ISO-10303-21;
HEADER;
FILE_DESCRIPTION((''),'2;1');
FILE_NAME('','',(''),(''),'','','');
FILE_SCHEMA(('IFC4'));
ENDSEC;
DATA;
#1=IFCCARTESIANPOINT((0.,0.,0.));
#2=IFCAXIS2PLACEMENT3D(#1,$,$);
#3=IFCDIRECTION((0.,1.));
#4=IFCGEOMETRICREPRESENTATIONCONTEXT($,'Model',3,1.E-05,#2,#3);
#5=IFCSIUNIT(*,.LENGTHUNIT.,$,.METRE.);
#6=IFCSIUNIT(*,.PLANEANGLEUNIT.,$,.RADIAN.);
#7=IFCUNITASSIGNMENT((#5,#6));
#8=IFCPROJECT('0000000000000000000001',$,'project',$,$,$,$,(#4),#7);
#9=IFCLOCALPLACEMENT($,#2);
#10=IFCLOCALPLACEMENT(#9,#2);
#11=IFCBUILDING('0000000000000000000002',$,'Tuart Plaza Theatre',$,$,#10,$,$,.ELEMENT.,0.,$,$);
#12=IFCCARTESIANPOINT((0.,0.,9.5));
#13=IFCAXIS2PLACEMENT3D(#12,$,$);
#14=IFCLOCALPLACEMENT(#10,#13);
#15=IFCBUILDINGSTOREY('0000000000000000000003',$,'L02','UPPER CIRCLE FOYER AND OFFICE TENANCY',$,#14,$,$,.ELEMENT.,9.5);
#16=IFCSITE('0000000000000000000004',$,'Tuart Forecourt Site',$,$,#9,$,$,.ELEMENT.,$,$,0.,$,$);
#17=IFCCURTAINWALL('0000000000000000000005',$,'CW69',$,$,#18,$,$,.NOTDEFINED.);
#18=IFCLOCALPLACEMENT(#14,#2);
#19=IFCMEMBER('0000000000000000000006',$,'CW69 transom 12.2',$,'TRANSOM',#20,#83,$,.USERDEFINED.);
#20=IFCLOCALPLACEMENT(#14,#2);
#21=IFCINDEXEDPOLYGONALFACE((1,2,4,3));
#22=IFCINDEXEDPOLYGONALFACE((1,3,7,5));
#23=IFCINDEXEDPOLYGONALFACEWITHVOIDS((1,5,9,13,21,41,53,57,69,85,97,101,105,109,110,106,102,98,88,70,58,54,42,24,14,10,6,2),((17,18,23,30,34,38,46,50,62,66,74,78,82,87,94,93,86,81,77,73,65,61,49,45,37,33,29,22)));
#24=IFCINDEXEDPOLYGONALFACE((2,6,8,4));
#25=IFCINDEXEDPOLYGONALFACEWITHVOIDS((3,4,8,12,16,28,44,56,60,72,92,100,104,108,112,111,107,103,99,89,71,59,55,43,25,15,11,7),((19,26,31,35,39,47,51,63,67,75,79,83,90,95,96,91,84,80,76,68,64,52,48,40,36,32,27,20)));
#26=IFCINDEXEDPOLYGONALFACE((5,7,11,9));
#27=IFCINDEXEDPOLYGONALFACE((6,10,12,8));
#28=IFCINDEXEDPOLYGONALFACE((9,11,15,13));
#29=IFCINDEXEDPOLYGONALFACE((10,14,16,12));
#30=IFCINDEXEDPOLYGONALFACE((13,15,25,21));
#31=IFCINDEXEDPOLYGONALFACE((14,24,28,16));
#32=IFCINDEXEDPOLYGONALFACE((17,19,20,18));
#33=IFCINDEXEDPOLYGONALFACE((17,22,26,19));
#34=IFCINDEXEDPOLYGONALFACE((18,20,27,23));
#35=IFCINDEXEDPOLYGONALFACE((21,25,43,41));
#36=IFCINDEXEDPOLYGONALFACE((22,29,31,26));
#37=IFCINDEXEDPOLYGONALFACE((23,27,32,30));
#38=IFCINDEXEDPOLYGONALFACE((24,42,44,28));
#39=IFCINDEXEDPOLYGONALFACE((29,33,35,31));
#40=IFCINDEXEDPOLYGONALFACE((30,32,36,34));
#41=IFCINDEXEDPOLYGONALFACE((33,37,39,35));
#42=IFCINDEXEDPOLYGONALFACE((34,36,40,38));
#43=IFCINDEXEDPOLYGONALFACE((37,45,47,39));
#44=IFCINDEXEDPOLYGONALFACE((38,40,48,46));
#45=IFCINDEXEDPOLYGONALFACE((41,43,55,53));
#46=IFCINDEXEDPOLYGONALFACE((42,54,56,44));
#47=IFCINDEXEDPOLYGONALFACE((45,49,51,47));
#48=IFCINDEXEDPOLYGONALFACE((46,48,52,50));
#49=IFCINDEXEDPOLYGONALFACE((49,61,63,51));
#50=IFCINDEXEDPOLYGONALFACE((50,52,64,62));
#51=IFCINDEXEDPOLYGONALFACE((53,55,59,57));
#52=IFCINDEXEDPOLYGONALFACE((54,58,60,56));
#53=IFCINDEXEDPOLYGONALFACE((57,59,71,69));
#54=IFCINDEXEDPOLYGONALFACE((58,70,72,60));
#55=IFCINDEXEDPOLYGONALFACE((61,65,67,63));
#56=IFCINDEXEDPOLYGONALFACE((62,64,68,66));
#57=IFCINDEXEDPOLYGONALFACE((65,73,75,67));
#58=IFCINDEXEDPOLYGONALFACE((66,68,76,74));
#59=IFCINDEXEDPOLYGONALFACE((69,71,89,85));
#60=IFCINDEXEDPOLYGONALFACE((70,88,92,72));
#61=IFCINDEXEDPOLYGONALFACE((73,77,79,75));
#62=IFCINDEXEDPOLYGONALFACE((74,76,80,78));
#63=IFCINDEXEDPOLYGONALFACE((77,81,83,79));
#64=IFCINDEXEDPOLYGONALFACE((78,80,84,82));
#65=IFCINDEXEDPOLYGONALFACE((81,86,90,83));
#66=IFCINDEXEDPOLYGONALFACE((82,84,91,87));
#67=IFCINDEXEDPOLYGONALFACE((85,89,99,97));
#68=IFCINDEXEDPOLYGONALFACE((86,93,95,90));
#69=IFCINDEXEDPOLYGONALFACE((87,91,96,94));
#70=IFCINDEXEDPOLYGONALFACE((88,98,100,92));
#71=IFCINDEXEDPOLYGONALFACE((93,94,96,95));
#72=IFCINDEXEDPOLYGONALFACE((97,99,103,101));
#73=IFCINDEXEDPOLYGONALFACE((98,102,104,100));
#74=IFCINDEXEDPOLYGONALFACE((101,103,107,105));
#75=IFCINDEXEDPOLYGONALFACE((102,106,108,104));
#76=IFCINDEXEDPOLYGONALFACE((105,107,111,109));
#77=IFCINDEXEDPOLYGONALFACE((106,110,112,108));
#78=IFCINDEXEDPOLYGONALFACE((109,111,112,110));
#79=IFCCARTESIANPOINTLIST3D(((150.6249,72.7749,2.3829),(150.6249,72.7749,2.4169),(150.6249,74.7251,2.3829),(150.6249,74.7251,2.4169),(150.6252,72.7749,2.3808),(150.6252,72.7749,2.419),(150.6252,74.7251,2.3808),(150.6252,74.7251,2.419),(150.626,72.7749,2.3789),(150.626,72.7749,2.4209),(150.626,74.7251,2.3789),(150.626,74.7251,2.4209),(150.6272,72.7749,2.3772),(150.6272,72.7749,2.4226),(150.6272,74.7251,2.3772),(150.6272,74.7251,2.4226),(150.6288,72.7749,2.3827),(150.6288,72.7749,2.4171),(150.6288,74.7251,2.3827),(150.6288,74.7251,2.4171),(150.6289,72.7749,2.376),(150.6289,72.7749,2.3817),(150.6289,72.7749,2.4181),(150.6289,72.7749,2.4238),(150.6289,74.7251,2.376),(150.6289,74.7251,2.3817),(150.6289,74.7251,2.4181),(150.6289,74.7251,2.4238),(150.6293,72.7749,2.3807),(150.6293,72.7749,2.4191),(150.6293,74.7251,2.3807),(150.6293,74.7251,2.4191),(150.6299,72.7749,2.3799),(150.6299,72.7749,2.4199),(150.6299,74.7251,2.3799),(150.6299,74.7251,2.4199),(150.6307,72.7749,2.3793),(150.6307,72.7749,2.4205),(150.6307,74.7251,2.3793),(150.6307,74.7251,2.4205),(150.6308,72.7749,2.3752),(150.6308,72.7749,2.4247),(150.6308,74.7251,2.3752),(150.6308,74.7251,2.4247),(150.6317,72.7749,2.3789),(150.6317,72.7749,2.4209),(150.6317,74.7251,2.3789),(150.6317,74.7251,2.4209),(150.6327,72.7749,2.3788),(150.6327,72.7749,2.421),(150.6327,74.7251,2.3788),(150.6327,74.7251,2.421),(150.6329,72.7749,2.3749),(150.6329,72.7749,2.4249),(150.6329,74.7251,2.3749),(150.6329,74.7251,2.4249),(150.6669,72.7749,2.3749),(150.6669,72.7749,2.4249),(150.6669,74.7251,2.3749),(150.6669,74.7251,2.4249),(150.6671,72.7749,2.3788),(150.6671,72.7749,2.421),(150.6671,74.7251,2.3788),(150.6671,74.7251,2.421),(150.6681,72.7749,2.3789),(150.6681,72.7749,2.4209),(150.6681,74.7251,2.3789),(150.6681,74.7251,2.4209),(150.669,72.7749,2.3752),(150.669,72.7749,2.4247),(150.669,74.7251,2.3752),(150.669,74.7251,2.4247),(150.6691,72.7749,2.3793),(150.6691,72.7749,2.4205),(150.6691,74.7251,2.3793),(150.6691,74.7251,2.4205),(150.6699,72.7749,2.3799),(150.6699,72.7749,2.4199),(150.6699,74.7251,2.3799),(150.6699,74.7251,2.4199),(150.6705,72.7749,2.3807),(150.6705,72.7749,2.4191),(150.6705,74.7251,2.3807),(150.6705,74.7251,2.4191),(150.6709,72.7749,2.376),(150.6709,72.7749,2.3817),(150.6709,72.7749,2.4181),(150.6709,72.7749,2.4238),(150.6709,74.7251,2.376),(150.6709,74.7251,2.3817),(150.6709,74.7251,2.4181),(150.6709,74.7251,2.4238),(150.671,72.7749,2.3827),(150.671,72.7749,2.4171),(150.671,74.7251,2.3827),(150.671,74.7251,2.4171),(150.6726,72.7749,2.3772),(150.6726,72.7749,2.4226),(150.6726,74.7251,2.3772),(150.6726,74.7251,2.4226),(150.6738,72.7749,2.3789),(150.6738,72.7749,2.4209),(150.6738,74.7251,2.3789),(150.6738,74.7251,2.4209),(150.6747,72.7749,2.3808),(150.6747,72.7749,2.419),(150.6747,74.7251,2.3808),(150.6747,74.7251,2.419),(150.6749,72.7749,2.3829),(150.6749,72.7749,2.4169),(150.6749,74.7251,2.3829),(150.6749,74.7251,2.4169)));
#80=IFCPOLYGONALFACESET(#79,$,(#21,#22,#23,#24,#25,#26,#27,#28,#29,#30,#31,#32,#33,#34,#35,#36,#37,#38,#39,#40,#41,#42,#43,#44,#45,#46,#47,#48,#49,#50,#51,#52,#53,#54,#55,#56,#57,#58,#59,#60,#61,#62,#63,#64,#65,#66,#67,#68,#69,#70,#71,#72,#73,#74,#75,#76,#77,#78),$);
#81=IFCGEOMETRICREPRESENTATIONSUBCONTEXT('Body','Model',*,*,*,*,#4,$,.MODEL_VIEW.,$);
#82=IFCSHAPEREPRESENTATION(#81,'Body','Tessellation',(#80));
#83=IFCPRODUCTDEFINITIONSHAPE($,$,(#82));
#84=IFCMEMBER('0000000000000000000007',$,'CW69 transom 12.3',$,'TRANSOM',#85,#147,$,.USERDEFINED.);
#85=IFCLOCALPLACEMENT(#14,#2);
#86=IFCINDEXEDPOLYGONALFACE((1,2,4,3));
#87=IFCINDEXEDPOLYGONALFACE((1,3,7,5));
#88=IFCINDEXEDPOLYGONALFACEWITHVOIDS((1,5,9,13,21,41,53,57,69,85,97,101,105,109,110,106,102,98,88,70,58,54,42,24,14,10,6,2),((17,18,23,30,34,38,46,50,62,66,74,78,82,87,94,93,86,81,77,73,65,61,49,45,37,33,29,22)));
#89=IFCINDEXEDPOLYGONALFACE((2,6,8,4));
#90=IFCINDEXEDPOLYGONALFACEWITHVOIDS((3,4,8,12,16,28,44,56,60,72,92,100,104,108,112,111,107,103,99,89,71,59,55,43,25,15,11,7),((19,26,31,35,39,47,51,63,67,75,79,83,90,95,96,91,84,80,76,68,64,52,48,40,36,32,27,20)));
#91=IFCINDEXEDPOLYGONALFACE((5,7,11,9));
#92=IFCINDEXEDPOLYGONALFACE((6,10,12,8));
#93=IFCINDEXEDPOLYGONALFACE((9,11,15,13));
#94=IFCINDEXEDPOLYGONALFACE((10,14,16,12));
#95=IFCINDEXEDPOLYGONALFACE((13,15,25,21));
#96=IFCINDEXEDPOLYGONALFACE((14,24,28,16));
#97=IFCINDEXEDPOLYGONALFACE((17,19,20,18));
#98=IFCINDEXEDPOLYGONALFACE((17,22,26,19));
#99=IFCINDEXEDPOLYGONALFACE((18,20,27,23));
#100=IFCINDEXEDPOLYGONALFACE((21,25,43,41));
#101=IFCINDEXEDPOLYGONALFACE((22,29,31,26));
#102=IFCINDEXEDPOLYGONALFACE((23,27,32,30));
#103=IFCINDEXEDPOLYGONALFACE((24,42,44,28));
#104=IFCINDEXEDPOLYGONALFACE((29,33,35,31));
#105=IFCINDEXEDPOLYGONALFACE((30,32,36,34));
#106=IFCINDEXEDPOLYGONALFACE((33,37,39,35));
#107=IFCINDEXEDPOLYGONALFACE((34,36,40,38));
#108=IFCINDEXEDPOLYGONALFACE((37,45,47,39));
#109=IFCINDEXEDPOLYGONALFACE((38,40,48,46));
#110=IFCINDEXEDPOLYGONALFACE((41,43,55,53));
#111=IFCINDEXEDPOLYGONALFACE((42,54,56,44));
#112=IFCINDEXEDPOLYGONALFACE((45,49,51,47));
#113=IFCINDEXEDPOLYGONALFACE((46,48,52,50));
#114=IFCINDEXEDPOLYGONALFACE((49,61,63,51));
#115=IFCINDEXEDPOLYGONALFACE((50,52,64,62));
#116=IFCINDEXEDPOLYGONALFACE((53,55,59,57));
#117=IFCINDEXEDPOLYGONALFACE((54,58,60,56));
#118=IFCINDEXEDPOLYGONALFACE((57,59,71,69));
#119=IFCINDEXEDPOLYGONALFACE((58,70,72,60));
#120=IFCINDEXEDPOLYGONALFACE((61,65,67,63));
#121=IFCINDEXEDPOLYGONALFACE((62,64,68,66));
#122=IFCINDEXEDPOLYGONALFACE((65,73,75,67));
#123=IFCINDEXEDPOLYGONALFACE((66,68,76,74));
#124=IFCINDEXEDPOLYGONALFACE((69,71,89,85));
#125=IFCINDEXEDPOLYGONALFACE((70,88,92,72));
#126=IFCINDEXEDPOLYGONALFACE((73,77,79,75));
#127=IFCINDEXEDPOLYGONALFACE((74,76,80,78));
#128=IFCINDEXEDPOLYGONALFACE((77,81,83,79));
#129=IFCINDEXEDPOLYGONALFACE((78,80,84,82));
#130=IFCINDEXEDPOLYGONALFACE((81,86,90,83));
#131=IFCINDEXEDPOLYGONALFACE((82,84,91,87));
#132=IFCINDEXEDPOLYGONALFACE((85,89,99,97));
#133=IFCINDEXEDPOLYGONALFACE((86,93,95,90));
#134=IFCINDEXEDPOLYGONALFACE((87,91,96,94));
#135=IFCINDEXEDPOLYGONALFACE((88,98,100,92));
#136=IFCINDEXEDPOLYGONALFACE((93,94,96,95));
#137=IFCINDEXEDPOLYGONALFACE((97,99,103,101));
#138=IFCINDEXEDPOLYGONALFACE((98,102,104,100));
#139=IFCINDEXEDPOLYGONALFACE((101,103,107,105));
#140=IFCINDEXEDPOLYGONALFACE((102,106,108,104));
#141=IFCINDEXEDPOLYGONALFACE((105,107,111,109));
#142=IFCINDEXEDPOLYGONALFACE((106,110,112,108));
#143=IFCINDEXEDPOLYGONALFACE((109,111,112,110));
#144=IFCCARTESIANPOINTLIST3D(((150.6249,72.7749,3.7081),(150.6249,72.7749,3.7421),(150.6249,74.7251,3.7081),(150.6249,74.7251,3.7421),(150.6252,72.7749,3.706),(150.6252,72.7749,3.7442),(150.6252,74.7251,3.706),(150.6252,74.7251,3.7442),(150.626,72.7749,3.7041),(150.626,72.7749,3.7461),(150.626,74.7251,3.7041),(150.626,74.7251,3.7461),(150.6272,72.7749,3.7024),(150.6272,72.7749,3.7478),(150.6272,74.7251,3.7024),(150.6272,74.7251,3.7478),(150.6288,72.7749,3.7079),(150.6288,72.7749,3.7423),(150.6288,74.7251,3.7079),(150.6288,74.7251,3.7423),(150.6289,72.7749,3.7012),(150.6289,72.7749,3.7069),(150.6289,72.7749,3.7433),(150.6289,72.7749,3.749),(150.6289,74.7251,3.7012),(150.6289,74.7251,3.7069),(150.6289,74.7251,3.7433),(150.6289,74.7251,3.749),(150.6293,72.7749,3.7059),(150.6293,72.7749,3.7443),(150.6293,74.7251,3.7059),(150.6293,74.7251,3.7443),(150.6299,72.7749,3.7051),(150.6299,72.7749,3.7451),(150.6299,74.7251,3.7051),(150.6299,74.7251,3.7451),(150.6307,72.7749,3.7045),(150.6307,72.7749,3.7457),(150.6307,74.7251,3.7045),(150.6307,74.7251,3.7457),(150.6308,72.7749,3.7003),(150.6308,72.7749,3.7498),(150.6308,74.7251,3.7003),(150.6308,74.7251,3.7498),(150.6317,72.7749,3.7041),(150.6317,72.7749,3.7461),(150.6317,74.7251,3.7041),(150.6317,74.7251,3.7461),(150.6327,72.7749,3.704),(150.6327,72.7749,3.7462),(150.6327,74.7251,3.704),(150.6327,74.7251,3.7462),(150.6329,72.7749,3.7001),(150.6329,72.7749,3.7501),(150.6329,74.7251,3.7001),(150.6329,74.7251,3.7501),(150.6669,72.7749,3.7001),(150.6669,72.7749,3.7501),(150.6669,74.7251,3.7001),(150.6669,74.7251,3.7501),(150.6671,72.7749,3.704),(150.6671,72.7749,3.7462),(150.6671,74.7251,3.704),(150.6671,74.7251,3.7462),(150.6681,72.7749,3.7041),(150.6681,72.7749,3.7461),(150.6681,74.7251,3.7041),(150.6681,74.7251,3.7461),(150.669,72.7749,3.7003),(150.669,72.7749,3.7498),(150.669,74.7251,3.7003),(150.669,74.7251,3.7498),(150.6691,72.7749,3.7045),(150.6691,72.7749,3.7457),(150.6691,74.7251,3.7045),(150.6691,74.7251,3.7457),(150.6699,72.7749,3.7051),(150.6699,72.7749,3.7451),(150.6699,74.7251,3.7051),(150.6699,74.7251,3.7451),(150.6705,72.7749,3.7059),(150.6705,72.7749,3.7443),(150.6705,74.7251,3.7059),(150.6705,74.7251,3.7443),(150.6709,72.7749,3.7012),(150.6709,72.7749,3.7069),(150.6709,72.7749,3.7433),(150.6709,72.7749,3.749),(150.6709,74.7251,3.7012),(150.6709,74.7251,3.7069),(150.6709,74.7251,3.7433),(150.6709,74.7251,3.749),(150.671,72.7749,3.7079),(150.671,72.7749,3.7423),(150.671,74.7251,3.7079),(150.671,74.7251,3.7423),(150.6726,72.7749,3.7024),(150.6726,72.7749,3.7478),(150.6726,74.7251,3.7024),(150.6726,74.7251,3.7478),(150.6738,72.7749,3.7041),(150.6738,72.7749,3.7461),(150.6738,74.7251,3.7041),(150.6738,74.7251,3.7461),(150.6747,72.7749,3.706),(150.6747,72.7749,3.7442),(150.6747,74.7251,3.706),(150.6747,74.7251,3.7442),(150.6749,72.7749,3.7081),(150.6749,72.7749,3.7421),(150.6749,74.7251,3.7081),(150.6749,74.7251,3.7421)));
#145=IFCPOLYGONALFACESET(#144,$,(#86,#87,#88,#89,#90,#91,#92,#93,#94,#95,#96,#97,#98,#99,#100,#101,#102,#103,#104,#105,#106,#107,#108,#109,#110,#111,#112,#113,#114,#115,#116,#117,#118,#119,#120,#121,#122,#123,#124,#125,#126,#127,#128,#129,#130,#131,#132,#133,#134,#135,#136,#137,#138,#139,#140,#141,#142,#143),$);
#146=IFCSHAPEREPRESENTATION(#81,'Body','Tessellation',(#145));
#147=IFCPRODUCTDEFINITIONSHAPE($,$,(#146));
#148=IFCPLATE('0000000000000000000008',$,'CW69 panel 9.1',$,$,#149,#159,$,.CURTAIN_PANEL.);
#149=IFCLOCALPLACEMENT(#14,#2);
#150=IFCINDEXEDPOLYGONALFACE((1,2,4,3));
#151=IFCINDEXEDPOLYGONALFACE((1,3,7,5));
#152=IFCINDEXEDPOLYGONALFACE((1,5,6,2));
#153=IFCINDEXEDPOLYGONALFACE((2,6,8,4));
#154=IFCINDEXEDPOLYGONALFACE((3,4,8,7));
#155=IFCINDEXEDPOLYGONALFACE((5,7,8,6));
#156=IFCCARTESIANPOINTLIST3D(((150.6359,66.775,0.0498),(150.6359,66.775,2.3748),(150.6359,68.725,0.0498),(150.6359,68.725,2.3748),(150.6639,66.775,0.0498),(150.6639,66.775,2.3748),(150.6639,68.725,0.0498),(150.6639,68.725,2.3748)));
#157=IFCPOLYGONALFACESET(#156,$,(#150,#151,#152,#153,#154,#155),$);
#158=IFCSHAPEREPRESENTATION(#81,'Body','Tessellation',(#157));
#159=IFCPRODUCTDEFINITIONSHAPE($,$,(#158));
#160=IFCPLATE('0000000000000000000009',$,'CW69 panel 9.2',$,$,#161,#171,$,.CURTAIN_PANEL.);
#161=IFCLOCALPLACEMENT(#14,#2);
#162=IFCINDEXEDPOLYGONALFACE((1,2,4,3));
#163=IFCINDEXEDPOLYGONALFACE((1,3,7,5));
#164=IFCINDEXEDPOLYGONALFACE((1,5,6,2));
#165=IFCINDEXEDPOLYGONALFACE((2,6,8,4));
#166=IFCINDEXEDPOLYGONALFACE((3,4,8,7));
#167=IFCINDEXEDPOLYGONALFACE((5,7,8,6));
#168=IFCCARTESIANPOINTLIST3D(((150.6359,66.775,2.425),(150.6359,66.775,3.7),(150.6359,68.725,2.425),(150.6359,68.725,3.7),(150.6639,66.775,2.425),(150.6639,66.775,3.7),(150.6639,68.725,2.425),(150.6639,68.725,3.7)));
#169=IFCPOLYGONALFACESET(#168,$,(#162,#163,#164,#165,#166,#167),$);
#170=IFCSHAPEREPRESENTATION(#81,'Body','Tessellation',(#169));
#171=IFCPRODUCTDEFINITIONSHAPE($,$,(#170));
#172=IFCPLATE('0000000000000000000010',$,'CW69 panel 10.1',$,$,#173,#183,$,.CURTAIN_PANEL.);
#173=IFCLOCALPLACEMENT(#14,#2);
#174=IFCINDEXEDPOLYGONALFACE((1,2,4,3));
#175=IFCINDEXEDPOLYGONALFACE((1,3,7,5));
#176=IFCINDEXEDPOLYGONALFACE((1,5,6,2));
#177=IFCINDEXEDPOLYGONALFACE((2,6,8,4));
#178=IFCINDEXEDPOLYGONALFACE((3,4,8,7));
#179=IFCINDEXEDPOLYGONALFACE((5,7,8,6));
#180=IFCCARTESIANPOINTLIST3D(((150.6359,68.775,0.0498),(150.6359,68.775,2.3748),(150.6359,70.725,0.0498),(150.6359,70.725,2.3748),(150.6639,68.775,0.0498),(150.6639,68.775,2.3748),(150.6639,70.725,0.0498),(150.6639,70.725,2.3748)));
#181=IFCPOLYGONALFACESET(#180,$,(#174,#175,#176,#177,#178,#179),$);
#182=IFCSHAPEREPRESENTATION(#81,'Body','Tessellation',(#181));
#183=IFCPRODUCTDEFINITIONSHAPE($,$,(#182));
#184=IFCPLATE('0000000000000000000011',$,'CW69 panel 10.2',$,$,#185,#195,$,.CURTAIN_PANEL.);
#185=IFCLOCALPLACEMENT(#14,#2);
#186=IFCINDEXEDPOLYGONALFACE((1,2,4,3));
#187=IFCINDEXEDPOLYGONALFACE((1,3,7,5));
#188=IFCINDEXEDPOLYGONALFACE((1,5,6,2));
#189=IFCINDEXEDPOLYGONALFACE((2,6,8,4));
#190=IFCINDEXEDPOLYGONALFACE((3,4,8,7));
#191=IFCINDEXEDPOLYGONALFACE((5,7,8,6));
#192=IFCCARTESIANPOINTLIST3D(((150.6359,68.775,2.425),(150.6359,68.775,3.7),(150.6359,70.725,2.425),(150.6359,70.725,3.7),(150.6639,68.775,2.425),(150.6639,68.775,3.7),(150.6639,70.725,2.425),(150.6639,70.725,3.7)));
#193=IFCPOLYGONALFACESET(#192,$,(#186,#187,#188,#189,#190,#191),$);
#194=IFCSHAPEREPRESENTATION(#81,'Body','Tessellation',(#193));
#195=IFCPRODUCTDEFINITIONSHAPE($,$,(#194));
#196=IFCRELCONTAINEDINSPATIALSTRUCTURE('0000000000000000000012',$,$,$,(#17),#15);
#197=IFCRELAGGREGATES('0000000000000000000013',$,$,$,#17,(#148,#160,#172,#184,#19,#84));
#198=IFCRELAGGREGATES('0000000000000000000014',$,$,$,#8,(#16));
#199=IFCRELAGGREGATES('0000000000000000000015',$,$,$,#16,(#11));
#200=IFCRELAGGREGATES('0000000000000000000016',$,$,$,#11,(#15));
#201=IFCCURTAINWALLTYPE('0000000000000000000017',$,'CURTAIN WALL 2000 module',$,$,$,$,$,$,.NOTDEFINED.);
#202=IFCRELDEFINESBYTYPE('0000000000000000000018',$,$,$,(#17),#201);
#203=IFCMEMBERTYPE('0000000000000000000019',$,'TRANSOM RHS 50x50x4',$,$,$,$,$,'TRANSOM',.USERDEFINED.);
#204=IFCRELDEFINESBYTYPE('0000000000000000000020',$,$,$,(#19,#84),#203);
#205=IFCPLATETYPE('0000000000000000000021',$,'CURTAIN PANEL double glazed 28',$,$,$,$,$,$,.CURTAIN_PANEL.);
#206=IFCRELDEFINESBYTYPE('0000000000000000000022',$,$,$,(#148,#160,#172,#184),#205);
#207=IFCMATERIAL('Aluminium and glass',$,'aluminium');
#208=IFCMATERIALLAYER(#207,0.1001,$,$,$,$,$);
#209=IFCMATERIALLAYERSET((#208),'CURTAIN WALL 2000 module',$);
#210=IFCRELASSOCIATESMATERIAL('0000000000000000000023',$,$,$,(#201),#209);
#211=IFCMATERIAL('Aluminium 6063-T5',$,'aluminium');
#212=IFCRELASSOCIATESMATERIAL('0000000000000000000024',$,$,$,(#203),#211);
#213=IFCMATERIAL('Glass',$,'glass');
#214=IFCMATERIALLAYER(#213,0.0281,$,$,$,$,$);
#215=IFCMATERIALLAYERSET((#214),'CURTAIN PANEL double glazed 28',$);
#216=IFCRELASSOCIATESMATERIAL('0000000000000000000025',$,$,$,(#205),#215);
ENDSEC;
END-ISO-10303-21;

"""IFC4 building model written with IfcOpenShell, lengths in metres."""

from ifc_helpers import new_model, si_unit, direction, frame, origin, origin_2d, place, context, subcontext, project, spatial, rectangle, hollow_rectangle, extrude, material, layer, layer_set, material_profile, profile_set, type_object, element, aggregate, save


model = new_model("IFC4")

# Units and contexts
model_context = context("Model", 3, precision=1e-05, world=origin(), true_north=direction((0.0, 1.0)))
body_context = subcontext(model_context, "Body", "Model", "MODEL_VIEW")
ifc_project = project(units=[si_unit("LENGTHUNIT", "METRE"), si_unit("PLANEANGLEUNIT", "RADIAN")], contexts=[model_context])

# Site, building, storey
site_placement = place(None, origin())
site = spatial("IfcSite", under=ifc_project, at=site_placement, Name="Tuart Forecourt Site", CompositionType="ELEMENT", RefElevation=0.0)
building_placement = place(site_placement, origin())
building = spatial("IfcBuilding", under=site, at=building_placement, Name="Tuart Plaza Theatre", CompositionType="ELEMENT", ElevationOfRefHeight=0.0)
storey_placement = place(building_placement, frame((0.0, 0.0, 9.5)))
storey = spatial("IfcBuildingStorey", under=building, at=storey_placement, Name="L02", Description="UPPER CIRCLE FOYER AND OFFICE TENANCY", CompositionType="ELEMENT", Elevation=9.5)

# Curtain wall, members, plates
ifc_material_1 = material(Name="Aluminium and glass", Category="aluminium")
ifc_layer_1 = layer(ifc_material_1, 0.1001)
ifc_layer_set_1 = layer_set([ifc_layer_1], Name="CURTAIN WALL 2000 module")
curtain_wall_type = type_object("IfcCurtainWallType", Name="CURTAIN WALL 2000 module", PredefinedType="NOTDEFINED", material=ifc_layer_set_1)
curtain_wall_placement = place(storey_placement, origin())
curtain_wall = element("IfcCurtainWall", 1, at=curtain_wall_placement, inside=storey, type_object=curtain_wall_type, Name="CW69", PredefinedType="NOTDEFINED")
ifc_material_2 = material(Name="Aluminium 6063-T5", Category="aluminium")
ifc_material_profile_1 = material_profile(ifc_material_2, hollow_rectangle(XDim=0.05, YDim=0.05, WallThickness=0.0039, InnerFilletRadius=0.0039, OuterFilletRadius=0.0081, at=origin_2d()), Name="RHS 50x50x4")
ifc_profile_set_1 = profile_set([ifc_material_profile_1], Name="Aluminium 6063-T5")
member_type_1 = type_object("IfcMemberType", Name="TRANSOM RHS 50x50x4", ElementType="TRANSOM", PredefinedType="USERDEFINED", material=ifc_profile_set_1)
member_1_placement = place(storey_placement, frame((150.6499, 72.7749, 2.3999), z_axis=(0.0, 1.0, 0.0), x_axis=(-1.0, 0.0, 0.0)))
member_1 = element("IfcMember", 2, at=member_1_placement, type_object=member_type_1, Name="CW69 transom 12.2", ObjectType="TRANSOM", PredefinedType="USERDEFINED", context=body_context, shape_type="SweptSolid", body=[
    extrude(hollow_rectangle(XDim=0.05, YDim=0.05, WallThickness=0.0039, InnerFilletRadius=0.0039, OuterFilletRadius=0.0081, at=origin_2d()), origin(), (0.0, 0.0, 1.0), 1.9502),
])
member_2_placement = place(storey_placement, frame((150.6499, 72.7749, 3.7251), z_axis=(0.0, 1.0, 0.0), x_axis=(-1.0, 0.0, 0.0)))
member_2 = element("IfcMember", 3, at=member_2_placement, type_object=member_type_1, Name="CW69 transom 12.3", ObjectType="TRANSOM", PredefinedType="USERDEFINED", context=body_context, shape_type="SweptSolid", body=[
    extrude(hollow_rectangle(XDim=0.05, YDim=0.05, WallThickness=0.0039, InnerFilletRadius=0.0039, OuterFilletRadius=0.0081, at=origin_2d()), origin(), (0.0, 0.0, 1.0), 1.9502),
])
ifc_material_3 = material(Name="Glass", Category="glass")
ifc_layer_2 = layer(ifc_material_3, 0.0281)
ifc_layer_set_2 = layer_set([ifc_layer_2], Name="CURTAIN PANEL double glazed 28")
plate_type = type_object("IfcPlateType", Name="CURTAIN PANEL double glazed 28", PredefinedType="CURTAIN_PANEL", material=ifc_layer_set_2)
plate_1_placement = place(storey_placement, frame((150.6499, 67.75, 0.0498), z_axis=(0.0, 0.0, 1.0), x_axis=(0.0, 1.0, 0.0)))
plate_1 = element("IfcPlate", 4, at=plate_1_placement, type_object=plate_type, Name="CW69 panel 9.1", PredefinedType="CURTAIN_PANEL", context=body_context, shape_type="SweptSolid", body=[
    extrude(rectangle(XDim=1.95, YDim=0.0281, at=origin_2d()), origin(), (0.0, 0.0, 1.0), 2.325),
])
plate_2_placement = place(storey_placement, frame((150.6499, 67.75, 2.425), z_axis=(0.0, 0.0, 1.0), x_axis=(0.0, 1.0, 0.0)))
plate_2 = element("IfcPlate", 5, at=plate_2_placement, type_object=plate_type, Name="CW69 panel 9.2", PredefinedType="CURTAIN_PANEL", context=body_context, shape_type="SweptSolid", body=[
    extrude(rectangle(XDim=1.95, YDim=0.0281, at=origin_2d()), origin(), (0.0, 0.0, 1.0), 1.2749),
])
plate_3_placement = place(storey_placement, frame((150.6499, 69.75, 0.0498), z_axis=(0.0, 0.0, 1.0), x_axis=(0.0, 1.0, 0.0)))
plate_3 = element("IfcPlate", 6, at=plate_3_placement, type_object=plate_type, Name="CW69 panel 10.1", PredefinedType="CURTAIN_PANEL", context=body_context, shape_type="SweptSolid", body=[
    extrude(rectangle(XDim=1.95, YDim=0.0281, at=origin_2d()), origin(), (0.0, 0.0, 1.0), 2.325),
])
plate_4_placement = place(storey_placement, frame((150.6499, 69.75, 2.425), z_axis=(0.0, 0.0, 1.0), x_axis=(0.0, 1.0, 0.0)))
plate_4 = element("IfcPlate", 7, at=plate_4_placement, type_object=plate_type, Name="CW69 panel 10.2", PredefinedType="CURTAIN_PANEL", context=body_context, shape_type="SweptSolid", body=[
    extrude(rectangle(XDim=1.95, YDim=0.0281, at=origin_2d()), origin(), (0.0, 0.0, 1.0), 1.2749),
])
aggregate(curtain_wall, [plate_1, plate_2, plate_3, plate_4, member_1, member_2])

save(model, "model.ifc")
